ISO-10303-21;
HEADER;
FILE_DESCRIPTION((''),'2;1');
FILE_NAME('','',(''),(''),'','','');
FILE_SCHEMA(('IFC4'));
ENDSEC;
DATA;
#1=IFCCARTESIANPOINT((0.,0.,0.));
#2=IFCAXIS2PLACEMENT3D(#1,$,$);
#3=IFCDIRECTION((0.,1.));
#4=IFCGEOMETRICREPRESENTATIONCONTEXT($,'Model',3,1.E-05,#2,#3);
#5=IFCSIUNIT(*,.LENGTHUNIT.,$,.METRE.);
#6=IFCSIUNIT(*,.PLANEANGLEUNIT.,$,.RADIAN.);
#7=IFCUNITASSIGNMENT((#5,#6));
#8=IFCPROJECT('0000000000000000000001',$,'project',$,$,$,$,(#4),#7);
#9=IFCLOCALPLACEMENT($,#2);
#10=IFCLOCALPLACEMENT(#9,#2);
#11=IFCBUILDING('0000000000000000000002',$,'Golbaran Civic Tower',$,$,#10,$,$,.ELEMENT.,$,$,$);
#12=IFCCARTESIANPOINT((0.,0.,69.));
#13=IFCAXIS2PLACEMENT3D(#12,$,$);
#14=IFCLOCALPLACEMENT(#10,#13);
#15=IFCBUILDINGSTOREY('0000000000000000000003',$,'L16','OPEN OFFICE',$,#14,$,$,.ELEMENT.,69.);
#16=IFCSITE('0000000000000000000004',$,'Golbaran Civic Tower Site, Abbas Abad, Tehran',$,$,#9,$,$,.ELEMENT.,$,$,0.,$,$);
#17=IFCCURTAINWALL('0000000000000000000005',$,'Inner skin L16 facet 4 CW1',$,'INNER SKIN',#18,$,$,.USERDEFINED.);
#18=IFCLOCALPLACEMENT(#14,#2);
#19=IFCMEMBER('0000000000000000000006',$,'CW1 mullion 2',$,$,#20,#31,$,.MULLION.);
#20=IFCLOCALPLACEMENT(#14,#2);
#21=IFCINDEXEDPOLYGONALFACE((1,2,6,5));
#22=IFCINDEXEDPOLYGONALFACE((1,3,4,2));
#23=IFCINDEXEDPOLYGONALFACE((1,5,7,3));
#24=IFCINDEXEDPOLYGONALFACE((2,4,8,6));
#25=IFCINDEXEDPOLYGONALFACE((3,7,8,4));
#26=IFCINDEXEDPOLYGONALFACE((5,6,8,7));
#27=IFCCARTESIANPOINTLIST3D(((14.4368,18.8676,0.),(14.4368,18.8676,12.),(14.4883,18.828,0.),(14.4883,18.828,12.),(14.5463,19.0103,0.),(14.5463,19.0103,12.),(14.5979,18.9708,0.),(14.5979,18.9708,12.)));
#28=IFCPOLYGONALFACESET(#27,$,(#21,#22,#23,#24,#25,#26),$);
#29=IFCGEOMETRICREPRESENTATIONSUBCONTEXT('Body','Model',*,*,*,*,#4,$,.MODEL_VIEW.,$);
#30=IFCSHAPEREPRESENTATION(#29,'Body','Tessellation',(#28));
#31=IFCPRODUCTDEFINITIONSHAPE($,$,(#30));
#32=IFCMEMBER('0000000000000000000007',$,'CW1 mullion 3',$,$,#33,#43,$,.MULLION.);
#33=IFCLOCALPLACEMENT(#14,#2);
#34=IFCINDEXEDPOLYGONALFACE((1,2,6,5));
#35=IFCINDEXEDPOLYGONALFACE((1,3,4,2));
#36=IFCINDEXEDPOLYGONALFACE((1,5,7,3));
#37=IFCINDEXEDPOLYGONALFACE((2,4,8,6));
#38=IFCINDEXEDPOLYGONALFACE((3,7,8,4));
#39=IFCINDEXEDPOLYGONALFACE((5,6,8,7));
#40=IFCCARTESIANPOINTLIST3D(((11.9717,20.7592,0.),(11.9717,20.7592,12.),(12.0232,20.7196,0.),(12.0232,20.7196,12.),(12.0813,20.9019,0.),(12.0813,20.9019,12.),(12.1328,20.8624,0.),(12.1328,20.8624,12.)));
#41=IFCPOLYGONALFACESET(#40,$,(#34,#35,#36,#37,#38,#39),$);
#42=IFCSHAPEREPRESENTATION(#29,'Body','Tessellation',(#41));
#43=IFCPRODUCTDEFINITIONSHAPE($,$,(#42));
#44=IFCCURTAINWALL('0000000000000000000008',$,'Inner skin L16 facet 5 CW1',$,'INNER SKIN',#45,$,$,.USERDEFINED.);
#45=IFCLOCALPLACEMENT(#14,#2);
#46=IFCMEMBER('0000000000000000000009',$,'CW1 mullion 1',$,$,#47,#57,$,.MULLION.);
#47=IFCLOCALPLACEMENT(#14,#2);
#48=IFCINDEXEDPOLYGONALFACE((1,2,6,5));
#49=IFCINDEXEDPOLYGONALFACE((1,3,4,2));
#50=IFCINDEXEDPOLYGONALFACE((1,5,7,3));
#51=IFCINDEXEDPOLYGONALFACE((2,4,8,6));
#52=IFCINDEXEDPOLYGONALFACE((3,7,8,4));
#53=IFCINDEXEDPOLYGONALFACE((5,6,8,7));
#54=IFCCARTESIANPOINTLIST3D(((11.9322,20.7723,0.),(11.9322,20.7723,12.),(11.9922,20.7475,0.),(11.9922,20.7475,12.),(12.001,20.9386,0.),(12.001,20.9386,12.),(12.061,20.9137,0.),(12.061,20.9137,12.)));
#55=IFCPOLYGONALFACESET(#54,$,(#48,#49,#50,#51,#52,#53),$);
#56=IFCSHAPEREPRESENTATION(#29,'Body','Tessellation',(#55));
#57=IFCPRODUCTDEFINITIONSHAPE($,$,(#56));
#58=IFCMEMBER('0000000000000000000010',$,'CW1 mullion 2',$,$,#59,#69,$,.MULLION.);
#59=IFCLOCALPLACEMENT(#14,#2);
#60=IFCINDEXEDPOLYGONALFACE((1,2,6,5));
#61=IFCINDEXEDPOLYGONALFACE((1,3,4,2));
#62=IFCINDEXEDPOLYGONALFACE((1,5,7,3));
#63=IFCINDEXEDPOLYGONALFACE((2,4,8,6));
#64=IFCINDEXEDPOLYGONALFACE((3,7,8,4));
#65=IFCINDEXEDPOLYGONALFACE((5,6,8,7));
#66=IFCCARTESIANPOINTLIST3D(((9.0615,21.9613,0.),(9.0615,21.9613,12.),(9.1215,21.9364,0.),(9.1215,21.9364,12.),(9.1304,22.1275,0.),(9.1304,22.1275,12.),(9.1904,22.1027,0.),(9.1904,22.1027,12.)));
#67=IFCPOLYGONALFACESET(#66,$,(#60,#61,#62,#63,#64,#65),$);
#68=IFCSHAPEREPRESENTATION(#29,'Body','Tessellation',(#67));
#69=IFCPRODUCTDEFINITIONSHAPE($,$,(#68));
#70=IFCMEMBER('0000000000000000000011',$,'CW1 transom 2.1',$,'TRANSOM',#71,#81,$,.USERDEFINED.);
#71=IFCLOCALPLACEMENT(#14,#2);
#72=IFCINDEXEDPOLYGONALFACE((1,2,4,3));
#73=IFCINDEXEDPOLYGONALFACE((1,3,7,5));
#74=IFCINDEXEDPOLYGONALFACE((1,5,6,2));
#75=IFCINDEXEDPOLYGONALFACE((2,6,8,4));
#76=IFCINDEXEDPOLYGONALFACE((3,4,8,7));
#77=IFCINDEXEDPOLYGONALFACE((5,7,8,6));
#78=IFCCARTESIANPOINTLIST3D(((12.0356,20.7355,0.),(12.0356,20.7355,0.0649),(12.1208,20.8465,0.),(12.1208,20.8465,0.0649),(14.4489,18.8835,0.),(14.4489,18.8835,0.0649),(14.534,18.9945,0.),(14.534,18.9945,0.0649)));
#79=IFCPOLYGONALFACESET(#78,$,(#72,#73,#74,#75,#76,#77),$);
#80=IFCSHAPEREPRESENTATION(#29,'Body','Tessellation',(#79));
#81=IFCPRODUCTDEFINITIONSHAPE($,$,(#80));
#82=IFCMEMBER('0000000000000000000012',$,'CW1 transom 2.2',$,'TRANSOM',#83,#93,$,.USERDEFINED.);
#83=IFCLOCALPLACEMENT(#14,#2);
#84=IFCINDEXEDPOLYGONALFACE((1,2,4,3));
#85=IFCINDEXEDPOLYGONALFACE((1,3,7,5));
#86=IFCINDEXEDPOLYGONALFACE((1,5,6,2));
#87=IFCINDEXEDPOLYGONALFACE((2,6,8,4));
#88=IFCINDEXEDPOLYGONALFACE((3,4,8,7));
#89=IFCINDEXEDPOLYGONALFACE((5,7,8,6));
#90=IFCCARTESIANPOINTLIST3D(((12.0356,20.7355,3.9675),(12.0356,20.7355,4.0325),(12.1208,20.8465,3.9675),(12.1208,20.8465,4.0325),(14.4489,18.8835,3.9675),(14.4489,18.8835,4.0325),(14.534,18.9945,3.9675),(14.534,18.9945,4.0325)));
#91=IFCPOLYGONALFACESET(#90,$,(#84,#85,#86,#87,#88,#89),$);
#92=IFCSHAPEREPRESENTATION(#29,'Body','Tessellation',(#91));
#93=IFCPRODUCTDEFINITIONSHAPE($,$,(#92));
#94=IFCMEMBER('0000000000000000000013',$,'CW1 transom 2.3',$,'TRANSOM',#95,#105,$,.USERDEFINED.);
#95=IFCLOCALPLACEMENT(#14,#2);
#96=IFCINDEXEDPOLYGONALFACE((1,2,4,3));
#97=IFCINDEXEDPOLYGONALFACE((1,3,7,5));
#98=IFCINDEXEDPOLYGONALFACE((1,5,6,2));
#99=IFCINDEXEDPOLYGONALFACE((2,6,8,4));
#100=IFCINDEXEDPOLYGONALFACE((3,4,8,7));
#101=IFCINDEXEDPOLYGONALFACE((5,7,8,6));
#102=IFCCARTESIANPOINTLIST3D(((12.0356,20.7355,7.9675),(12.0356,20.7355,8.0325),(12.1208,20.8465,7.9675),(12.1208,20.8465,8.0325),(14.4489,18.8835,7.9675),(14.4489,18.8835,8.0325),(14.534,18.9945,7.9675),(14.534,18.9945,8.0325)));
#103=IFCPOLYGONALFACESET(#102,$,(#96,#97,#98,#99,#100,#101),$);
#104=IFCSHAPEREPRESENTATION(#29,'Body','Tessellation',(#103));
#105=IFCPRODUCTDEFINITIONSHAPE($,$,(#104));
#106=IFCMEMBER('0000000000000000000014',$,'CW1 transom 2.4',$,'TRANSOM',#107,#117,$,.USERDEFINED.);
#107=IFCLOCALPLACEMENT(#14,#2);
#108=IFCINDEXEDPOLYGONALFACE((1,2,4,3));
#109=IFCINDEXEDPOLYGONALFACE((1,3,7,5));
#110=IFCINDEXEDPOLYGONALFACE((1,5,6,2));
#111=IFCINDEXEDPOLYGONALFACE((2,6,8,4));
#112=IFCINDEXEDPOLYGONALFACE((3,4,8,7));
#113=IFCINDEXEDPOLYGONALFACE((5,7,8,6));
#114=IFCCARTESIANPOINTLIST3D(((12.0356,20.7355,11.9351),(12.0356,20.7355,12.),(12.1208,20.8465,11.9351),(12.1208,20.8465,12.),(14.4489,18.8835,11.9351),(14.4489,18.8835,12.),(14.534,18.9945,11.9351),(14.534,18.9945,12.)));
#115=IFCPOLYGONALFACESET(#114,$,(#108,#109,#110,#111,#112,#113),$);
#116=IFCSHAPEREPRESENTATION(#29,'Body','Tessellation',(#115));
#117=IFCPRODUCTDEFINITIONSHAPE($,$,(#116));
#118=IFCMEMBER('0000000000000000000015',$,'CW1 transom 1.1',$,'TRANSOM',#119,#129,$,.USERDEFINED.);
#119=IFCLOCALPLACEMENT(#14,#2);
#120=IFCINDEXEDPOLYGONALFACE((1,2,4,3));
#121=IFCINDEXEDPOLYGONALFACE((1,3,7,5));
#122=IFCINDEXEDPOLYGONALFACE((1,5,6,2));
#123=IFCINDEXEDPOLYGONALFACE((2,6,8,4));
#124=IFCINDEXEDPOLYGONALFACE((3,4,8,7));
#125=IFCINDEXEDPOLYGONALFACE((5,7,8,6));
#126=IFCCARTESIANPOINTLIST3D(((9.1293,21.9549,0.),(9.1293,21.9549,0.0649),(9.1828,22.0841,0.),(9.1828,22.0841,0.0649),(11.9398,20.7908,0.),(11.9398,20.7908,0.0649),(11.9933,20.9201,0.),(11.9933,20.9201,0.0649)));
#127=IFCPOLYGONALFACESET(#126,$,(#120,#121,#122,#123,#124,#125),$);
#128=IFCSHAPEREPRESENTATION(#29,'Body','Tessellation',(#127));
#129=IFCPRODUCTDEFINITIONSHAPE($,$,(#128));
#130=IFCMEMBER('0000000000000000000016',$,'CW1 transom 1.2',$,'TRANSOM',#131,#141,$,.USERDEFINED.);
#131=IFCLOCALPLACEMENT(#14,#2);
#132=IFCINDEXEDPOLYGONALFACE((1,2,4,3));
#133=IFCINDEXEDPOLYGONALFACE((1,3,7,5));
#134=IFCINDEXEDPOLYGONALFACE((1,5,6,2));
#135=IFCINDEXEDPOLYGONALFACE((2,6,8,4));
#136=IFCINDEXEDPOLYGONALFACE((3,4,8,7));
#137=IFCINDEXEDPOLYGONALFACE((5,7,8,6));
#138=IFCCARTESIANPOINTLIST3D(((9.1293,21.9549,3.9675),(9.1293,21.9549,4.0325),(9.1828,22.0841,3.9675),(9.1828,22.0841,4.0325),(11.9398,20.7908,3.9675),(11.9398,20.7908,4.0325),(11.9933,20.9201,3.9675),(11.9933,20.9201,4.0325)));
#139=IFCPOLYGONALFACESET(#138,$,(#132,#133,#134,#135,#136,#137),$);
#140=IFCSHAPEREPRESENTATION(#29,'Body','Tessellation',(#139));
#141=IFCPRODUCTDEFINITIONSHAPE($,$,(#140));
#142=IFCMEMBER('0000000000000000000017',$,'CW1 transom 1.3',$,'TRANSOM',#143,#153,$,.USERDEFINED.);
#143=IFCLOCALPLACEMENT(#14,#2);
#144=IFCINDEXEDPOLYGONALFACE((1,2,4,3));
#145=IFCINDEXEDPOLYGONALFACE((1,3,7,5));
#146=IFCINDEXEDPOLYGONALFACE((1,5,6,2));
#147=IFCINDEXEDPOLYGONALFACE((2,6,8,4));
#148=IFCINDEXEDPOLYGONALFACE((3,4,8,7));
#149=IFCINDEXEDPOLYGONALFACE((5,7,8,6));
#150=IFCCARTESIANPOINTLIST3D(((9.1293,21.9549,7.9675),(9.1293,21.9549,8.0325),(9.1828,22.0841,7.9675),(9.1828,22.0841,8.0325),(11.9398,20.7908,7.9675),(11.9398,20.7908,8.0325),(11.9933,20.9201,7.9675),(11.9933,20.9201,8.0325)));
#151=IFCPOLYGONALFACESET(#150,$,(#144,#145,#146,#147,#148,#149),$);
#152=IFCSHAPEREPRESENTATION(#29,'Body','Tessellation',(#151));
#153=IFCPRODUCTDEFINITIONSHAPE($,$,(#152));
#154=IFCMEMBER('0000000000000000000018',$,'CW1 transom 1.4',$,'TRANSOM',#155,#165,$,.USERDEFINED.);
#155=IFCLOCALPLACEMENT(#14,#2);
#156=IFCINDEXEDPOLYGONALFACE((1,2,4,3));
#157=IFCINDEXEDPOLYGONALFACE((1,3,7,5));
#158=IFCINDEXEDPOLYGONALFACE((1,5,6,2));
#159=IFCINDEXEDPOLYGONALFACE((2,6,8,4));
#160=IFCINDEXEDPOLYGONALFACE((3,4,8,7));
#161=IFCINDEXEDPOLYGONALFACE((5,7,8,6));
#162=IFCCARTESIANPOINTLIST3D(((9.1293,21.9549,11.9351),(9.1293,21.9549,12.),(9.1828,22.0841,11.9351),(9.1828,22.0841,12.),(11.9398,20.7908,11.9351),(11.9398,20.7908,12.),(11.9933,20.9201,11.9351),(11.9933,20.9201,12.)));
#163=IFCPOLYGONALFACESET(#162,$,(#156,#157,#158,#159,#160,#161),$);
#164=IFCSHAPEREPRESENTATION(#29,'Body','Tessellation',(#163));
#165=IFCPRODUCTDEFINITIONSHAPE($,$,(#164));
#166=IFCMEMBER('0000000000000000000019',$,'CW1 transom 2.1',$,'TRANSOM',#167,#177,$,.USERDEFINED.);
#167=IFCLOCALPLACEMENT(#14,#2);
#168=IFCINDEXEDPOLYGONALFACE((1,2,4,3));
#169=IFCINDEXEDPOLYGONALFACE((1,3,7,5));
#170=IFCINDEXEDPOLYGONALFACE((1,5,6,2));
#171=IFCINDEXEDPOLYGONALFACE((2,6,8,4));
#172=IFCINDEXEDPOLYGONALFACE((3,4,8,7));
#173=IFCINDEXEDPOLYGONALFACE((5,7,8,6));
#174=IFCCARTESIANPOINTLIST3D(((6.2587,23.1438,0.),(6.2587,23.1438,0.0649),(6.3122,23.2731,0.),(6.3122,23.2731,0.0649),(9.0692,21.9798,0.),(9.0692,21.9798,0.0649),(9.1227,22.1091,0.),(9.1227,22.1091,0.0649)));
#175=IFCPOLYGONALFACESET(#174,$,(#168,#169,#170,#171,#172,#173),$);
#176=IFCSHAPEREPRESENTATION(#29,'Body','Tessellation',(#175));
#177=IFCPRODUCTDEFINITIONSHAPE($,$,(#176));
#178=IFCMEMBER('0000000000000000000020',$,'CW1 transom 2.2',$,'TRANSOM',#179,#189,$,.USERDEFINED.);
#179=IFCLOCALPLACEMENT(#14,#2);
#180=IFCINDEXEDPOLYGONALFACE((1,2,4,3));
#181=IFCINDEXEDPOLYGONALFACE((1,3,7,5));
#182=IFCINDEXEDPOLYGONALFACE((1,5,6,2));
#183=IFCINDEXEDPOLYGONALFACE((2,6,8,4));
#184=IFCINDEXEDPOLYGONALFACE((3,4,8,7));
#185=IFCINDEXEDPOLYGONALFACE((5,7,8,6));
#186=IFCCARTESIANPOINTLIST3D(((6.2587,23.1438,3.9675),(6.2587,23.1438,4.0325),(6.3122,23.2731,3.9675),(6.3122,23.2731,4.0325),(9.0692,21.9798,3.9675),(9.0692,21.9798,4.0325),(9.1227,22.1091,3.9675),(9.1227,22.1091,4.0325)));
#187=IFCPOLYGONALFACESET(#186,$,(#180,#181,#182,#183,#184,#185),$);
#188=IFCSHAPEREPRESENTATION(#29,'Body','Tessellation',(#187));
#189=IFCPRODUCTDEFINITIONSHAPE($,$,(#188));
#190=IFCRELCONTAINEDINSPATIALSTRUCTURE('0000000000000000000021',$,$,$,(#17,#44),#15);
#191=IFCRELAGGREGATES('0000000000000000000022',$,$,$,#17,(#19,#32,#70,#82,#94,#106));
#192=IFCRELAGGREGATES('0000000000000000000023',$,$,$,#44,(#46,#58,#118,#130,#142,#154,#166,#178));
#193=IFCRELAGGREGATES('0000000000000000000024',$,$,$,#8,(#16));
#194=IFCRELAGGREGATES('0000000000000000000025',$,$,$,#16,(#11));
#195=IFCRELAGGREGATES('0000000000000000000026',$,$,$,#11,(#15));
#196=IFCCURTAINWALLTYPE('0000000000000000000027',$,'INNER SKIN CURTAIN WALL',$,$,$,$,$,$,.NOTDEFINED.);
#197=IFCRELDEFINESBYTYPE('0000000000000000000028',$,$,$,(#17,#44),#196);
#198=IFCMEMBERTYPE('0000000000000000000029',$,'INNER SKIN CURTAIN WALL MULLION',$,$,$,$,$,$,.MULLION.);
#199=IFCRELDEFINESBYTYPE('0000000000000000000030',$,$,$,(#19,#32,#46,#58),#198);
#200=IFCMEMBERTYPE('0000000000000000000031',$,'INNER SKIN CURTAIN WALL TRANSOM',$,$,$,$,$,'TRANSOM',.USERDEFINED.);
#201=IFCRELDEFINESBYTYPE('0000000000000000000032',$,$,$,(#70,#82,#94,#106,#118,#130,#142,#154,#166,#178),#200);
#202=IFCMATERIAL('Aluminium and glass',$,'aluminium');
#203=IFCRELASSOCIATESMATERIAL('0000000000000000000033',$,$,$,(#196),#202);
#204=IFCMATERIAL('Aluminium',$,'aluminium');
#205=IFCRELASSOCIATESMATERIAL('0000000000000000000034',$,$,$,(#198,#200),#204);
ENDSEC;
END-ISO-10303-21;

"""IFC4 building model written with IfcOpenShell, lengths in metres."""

from ifc_helpers import new_model, si_unit, direction, frame, origin, origin_2d, place, context, subcontext, project, spatial, rectangle, extrude, material, material_profile, profile_set, type_object, element, aggregate, save


model = new_model("IFC4")

# Units and contexts
model_context = context("Model", 3, precision=1e-05, world=origin(), true_north=direction((0.0, 1.0)))
body_context = subcontext(model_context, "Body", "Model", "MODEL_VIEW")
ifc_project = project(units=[si_unit("LENGTHUNIT", "METRE"), si_unit("PLANEANGLEUNIT", "RADIAN")], contexts=[model_context])

# Site, building, storey
site_placement = place(None, origin())
site = spatial("IfcSite", under=ifc_project, at=site_placement, Name="Golbaran Civic Tower Site, Abbas Abad, Tehran", CompositionType="ELEMENT", RefElevation=0.0)
building_placement = place(site_placement, origin())
building = spatial("IfcBuilding", under=site, at=building_placement, Name="Golbaran Civic Tower", CompositionType="ELEMENT")
storey_placement = place(building_placement, frame((0.0, 0.0, 69.0)))
storey = spatial("IfcBuildingStorey", under=building, at=storey_placement, Name="L16", Description="OPEN OFFICE", CompositionType="ELEMENT", Elevation=69.0)

# Curtain walls, members
ifc_material_1 = material(Name="Aluminium and glass", Category="aluminium")
curtain_wall_type_1 = type_object("IfcCurtainWallType", Name="INNER SKIN CURTAIN WALL", PredefinedType="NOTDEFINED", material=ifc_material_1)
curtain_wall_1_placement = place(storey_placement, origin())
curtain_wall_1 = element("IfcCurtainWall", 1, at=curtain_wall_1_placement, inside=storey, type_object=curtain_wall_type_1, Name="Inner skin L16 facet 4 CW1", ObjectType="INNER SKIN", PredefinedType="USERDEFINED")
ifc_material_2 = material(Name="Aluminium", Category="aluminium")
ifc_material_profile_1 = material_profile(ifc_material_2, rectangle(XDim=0.1799, YDim=0.0649, at=origin_2d()), Name="INNER SKIN CURTAIN WALL MULLION")
ifc_profile_set_1 = profile_set([ifc_material_profile_1], Name="Aluminium")
member_type_1 = type_object("IfcMemberType", Name="INNER SKIN CURTAIN WALL MULLION", PredefinedType="MULLION", material=ifc_profile_set_1)
member_1_placement = place(storey_placement, frame((14.5173, 18.9192, 0.0), z_axis=(0.0, 0.0, 1.0), x_axis=(-0.608761, -0.793353, 0.0)))
member_1 = element("IfcMember", 2, at=member_1_placement, type_object=member_type_1, Name="CW1 mullion 2", PredefinedType="MULLION", context=body_context, shape_type="SweptSolid", body=[
    extrude(rectangle(XDim=0.1799, YDim=0.0649, at=origin_2d()), origin(), (0.0, 0.0, 1.0), 12.0),
])
member_2_placement = place(storey_placement, frame((12.0522, 20.8108, 0.0), z_axis=(0.0, 0.0, 1.0), x_axis=(-0.608761, -0.793353, 0.0)))
member_2 = element("IfcMember", 3, at=member_2_placement, type_object=member_type_1, Name="CW1 mullion 3", PredefinedType="MULLION", context=body_context, shape_type="SweptSolid", body=[
    extrude(rectangle(XDim=0.1799, YDim=0.0649, at=origin_2d()), origin(), (0.0, 0.0, 1.0), 12.0),
])
curtain_wall_2_placement = place(storey_placement, origin())
curtain_wall_2 = element("IfcCurtainWall", 4, at=curtain_wall_2_placement, inside=storey, type_object=curtain_wall_type_1, Name="Inner skin L16 facet 5 CW1", ObjectType="INNER SKIN", PredefinedType="USERDEFINED")
member_3_placement = place(storey_placement, frame((11.9966, 20.843, 0.0), z_axis=(0.0, 0.0, 1.0), x_axis=(-0.382683, -0.92388, 0.0)))
member_3 = element("IfcMember", 5, at=member_3_placement, type_object=member_type_1, Name="CW1 mullion 1", PredefinedType="MULLION", context=body_context, shape_type="SweptSolid", body=[
    extrude(rectangle(XDim=0.1799, YDim=0.0649, at=origin_2d()), origin(), (0.0, 0.0, 1.0), 12.0),
])
member_4_placement = place(storey_placement, frame((9.126, 22.032, 0.0), z_axis=(0.0, 0.0, 1.0), x_axis=(-0.382683, -0.92388, 0.0)))
member_4 = element("IfcMember", 6, at=member_4_placement, type_object=member_type_1, Name="CW1 mullion 2", PredefinedType="MULLION", context=body_context, shape_type="SweptSolid", body=[
    extrude(rectangle(XDim=0.1799, YDim=0.0649, at=origin_2d()), origin(), (0.0, 0.0, 1.0), 12.0),
])

# Members
ifc_material_profile_2 = material_profile(ifc_material_2, rectangle(XDim=0.1399, YDim=0.0649, at=origin_2d()), Name="INNER SKIN CURTAIN WALL TRANSOM")
ifc_profile_set_2 = profile_set([ifc_material_profile_2], Name="Aluminium")
member_type_2 = type_object("IfcMemberType", Name="INNER SKIN CURTAIN WALL TRANSOM", ElementType="TRANSOM", PredefinedType="USERDEFINED", material=ifc_profile_set_2)
member_5_placement = place(storey_placement, frame((14.4915, 18.939, 0.0325), z_axis=(-0.793316, 0.608811, 0.0), x_axis=(-0.608811, -0.793316, 0.0)))
member_5 = element("IfcMember", 7, at=member_5_placement, type_object=member_type_2, Name="CW1 transom 2.1", ObjectType="TRANSOM", PredefinedType="USERDEFINED", context=body_context, shape_type="SweptSolid", body=[
    extrude(rectangle(XDim=0.1399, YDim=0.0649, at=origin_2d()), origin(), (0.0, 0.0, 1.0), 3.042),
])
member_6_placement = place(storey_placement, frame((14.4915, 18.939, 4.0), z_axis=(-0.793316, 0.608811, 0.0), x_axis=(-0.608811, -0.793316, 0.0)))
member_6 = element("IfcMember", 8, at=member_6_placement, type_object=member_type_2, Name="CW1 transom 2.2", ObjectType="TRANSOM", PredefinedType="USERDEFINED", context=body_context, shape_type="SweptSolid", body=[
    extrude(rectangle(XDim=0.1399, YDim=0.0649, at=origin_2d()), origin(), (0.0, 0.0, 1.0), 3.042),
])
member_7_placement = place(storey_placement, frame((14.4915, 18.939, 8.0), z_axis=(-0.793316, 0.608811, 0.0), x_axis=(-0.608811, -0.793316, 0.0)))
member_7 = element("IfcMember", 9, at=member_7_placement, type_object=member_type_2, Name="CW1 transom 2.3", ObjectType="TRANSOM", PredefinedType="USERDEFINED", context=body_context, shape_type="SweptSolid", body=[
    extrude(rectangle(XDim=0.1399, YDim=0.0649, at=origin_2d()), origin(), (0.0, 0.0, 1.0), 3.042),
])
member_8_placement = place(storey_placement, frame((14.4915, 18.939, 11.9675), z_axis=(-0.793316, 0.608811, 0.0), x_axis=(-0.608811, -0.793316, 0.0)))
member_8 = element("IfcMember", 10, at=member_8_placement, type_object=member_type_2, Name="CW1 transom 2.4", ObjectType="TRANSOM", PredefinedType="USERDEFINED", context=body_context, shape_type="SweptSolid", body=[
    extrude(rectangle(XDim=0.1399, YDim=0.0649, at=origin_2d()), origin(), (0.0, 0.0, 1.0), 3.042),
])
member_9_placement = place(storey_placement, frame((11.9666, 20.8555, 0.0325), z_axis=(-0.923892, 0.382654, 0.0), x_axis=(-0.382654, -0.923892, 0.0)))
member_9 = element("IfcMember", 11, at=member_9_placement, type_object=member_type_2, Name="CW1 transom 1.1", ObjectType="TRANSOM", PredefinedType="USERDEFINED", context=body_context, shape_type="SweptSolid", body=[
    extrude(rectangle(XDim=0.1399, YDim=0.0649, at=origin_2d()), origin(), (0.0, 0.0, 1.0), 3.042),
])
member_10_placement = place(storey_placement, frame((11.9666, 20.8555, 4.0), z_axis=(-0.923892, 0.382654, 0.0), x_axis=(-0.382654, -0.923892, 0.0)))
member_10 = element("IfcMember", 12, at=member_10_placement, type_object=member_type_2, Name="CW1 transom 1.2", ObjectType="TRANSOM", PredefinedType="USERDEFINED", context=body_context, shape_type="SweptSolid", body=[
    extrude(rectangle(XDim=0.1399, YDim=0.0649, at=origin_2d()), origin(), (0.0, 0.0, 1.0), 3.042),
])
member_11_placement = place(storey_placement, frame((11.9666, 20.8555, 8.0), z_axis=(-0.923892, 0.382654, 0.0), x_axis=(-0.382654, -0.923892, 0.0)))
member_11 = element("IfcMember", 13, at=member_11_placement, type_object=member_type_2, Name="CW1 transom 1.3", ObjectType="TRANSOM", PredefinedType="USERDEFINED", context=body_context, shape_type="SweptSolid", body=[
    extrude(rectangle(XDim=0.1399, YDim=0.0649, at=origin_2d()), origin(), (0.0, 0.0, 1.0), 3.042),
])
member_12_placement = place(storey_placement, frame((11.9666, 20.8555, 11.9675), z_axis=(-0.923892, 0.382654, 0.0), x_axis=(-0.382654, -0.923892, 0.0)))
member_12 = element("IfcMember", 14, at=member_12_placement, type_object=member_type_2, Name="CW1 transom 1.4", ObjectType="TRANSOM", PredefinedType="USERDEFINED", context=body_context, shape_type="SweptSolid", body=[
    extrude(rectangle(XDim=0.1399, YDim=0.0649, at=origin_2d()), origin(), (0.0, 0.0, 1.0), 3.042),
])
member_13_placement = place(storey_placement, frame((9.0959, 22.0444, 0.0325), z_axis=(-0.923892, 0.382654, 0.0), x_axis=(-0.382654, -0.923892, 0.0)))
member_13 = element("IfcMember", 15, at=member_13_placement, type_object=member_type_2, Name="CW1 transom 2.1", ObjectType="TRANSOM", PredefinedType="USERDEFINED", context=body_context, shape_type="SweptSolid", body=[
    extrude(rectangle(XDim=0.1399, YDim=0.0649, at=origin_2d()), origin(), (0.0, 0.0, 1.0), 3.042),
])
member_14_placement = place(storey_placement, frame((9.0959, 22.0444, 4.0), z_axis=(-0.923892, 0.382654, 0.0), x_axis=(-0.382654, -0.923892, 0.0)))
member_14 = element("IfcMember", 16, at=member_14_placement, type_object=member_type_2, Name="CW1 transom 2.2", ObjectType="TRANSOM", PredefinedType="USERDEFINED", context=body_context, shape_type="SweptSolid", body=[
    extrude(rectangle(XDim=0.1399, YDim=0.0649, at=origin_2d()), origin(), (0.0, 0.0, 1.0), 3.042),
])

aggregate(curtain_wall_1, [member_1, member_2, member_5, member_6, member_7, member_8])
aggregate(curtain_wall_2, [member_3, member_4, member_9, member_10, member_11, member_12, member_13, member_14])

save(model, "model.ifc")
